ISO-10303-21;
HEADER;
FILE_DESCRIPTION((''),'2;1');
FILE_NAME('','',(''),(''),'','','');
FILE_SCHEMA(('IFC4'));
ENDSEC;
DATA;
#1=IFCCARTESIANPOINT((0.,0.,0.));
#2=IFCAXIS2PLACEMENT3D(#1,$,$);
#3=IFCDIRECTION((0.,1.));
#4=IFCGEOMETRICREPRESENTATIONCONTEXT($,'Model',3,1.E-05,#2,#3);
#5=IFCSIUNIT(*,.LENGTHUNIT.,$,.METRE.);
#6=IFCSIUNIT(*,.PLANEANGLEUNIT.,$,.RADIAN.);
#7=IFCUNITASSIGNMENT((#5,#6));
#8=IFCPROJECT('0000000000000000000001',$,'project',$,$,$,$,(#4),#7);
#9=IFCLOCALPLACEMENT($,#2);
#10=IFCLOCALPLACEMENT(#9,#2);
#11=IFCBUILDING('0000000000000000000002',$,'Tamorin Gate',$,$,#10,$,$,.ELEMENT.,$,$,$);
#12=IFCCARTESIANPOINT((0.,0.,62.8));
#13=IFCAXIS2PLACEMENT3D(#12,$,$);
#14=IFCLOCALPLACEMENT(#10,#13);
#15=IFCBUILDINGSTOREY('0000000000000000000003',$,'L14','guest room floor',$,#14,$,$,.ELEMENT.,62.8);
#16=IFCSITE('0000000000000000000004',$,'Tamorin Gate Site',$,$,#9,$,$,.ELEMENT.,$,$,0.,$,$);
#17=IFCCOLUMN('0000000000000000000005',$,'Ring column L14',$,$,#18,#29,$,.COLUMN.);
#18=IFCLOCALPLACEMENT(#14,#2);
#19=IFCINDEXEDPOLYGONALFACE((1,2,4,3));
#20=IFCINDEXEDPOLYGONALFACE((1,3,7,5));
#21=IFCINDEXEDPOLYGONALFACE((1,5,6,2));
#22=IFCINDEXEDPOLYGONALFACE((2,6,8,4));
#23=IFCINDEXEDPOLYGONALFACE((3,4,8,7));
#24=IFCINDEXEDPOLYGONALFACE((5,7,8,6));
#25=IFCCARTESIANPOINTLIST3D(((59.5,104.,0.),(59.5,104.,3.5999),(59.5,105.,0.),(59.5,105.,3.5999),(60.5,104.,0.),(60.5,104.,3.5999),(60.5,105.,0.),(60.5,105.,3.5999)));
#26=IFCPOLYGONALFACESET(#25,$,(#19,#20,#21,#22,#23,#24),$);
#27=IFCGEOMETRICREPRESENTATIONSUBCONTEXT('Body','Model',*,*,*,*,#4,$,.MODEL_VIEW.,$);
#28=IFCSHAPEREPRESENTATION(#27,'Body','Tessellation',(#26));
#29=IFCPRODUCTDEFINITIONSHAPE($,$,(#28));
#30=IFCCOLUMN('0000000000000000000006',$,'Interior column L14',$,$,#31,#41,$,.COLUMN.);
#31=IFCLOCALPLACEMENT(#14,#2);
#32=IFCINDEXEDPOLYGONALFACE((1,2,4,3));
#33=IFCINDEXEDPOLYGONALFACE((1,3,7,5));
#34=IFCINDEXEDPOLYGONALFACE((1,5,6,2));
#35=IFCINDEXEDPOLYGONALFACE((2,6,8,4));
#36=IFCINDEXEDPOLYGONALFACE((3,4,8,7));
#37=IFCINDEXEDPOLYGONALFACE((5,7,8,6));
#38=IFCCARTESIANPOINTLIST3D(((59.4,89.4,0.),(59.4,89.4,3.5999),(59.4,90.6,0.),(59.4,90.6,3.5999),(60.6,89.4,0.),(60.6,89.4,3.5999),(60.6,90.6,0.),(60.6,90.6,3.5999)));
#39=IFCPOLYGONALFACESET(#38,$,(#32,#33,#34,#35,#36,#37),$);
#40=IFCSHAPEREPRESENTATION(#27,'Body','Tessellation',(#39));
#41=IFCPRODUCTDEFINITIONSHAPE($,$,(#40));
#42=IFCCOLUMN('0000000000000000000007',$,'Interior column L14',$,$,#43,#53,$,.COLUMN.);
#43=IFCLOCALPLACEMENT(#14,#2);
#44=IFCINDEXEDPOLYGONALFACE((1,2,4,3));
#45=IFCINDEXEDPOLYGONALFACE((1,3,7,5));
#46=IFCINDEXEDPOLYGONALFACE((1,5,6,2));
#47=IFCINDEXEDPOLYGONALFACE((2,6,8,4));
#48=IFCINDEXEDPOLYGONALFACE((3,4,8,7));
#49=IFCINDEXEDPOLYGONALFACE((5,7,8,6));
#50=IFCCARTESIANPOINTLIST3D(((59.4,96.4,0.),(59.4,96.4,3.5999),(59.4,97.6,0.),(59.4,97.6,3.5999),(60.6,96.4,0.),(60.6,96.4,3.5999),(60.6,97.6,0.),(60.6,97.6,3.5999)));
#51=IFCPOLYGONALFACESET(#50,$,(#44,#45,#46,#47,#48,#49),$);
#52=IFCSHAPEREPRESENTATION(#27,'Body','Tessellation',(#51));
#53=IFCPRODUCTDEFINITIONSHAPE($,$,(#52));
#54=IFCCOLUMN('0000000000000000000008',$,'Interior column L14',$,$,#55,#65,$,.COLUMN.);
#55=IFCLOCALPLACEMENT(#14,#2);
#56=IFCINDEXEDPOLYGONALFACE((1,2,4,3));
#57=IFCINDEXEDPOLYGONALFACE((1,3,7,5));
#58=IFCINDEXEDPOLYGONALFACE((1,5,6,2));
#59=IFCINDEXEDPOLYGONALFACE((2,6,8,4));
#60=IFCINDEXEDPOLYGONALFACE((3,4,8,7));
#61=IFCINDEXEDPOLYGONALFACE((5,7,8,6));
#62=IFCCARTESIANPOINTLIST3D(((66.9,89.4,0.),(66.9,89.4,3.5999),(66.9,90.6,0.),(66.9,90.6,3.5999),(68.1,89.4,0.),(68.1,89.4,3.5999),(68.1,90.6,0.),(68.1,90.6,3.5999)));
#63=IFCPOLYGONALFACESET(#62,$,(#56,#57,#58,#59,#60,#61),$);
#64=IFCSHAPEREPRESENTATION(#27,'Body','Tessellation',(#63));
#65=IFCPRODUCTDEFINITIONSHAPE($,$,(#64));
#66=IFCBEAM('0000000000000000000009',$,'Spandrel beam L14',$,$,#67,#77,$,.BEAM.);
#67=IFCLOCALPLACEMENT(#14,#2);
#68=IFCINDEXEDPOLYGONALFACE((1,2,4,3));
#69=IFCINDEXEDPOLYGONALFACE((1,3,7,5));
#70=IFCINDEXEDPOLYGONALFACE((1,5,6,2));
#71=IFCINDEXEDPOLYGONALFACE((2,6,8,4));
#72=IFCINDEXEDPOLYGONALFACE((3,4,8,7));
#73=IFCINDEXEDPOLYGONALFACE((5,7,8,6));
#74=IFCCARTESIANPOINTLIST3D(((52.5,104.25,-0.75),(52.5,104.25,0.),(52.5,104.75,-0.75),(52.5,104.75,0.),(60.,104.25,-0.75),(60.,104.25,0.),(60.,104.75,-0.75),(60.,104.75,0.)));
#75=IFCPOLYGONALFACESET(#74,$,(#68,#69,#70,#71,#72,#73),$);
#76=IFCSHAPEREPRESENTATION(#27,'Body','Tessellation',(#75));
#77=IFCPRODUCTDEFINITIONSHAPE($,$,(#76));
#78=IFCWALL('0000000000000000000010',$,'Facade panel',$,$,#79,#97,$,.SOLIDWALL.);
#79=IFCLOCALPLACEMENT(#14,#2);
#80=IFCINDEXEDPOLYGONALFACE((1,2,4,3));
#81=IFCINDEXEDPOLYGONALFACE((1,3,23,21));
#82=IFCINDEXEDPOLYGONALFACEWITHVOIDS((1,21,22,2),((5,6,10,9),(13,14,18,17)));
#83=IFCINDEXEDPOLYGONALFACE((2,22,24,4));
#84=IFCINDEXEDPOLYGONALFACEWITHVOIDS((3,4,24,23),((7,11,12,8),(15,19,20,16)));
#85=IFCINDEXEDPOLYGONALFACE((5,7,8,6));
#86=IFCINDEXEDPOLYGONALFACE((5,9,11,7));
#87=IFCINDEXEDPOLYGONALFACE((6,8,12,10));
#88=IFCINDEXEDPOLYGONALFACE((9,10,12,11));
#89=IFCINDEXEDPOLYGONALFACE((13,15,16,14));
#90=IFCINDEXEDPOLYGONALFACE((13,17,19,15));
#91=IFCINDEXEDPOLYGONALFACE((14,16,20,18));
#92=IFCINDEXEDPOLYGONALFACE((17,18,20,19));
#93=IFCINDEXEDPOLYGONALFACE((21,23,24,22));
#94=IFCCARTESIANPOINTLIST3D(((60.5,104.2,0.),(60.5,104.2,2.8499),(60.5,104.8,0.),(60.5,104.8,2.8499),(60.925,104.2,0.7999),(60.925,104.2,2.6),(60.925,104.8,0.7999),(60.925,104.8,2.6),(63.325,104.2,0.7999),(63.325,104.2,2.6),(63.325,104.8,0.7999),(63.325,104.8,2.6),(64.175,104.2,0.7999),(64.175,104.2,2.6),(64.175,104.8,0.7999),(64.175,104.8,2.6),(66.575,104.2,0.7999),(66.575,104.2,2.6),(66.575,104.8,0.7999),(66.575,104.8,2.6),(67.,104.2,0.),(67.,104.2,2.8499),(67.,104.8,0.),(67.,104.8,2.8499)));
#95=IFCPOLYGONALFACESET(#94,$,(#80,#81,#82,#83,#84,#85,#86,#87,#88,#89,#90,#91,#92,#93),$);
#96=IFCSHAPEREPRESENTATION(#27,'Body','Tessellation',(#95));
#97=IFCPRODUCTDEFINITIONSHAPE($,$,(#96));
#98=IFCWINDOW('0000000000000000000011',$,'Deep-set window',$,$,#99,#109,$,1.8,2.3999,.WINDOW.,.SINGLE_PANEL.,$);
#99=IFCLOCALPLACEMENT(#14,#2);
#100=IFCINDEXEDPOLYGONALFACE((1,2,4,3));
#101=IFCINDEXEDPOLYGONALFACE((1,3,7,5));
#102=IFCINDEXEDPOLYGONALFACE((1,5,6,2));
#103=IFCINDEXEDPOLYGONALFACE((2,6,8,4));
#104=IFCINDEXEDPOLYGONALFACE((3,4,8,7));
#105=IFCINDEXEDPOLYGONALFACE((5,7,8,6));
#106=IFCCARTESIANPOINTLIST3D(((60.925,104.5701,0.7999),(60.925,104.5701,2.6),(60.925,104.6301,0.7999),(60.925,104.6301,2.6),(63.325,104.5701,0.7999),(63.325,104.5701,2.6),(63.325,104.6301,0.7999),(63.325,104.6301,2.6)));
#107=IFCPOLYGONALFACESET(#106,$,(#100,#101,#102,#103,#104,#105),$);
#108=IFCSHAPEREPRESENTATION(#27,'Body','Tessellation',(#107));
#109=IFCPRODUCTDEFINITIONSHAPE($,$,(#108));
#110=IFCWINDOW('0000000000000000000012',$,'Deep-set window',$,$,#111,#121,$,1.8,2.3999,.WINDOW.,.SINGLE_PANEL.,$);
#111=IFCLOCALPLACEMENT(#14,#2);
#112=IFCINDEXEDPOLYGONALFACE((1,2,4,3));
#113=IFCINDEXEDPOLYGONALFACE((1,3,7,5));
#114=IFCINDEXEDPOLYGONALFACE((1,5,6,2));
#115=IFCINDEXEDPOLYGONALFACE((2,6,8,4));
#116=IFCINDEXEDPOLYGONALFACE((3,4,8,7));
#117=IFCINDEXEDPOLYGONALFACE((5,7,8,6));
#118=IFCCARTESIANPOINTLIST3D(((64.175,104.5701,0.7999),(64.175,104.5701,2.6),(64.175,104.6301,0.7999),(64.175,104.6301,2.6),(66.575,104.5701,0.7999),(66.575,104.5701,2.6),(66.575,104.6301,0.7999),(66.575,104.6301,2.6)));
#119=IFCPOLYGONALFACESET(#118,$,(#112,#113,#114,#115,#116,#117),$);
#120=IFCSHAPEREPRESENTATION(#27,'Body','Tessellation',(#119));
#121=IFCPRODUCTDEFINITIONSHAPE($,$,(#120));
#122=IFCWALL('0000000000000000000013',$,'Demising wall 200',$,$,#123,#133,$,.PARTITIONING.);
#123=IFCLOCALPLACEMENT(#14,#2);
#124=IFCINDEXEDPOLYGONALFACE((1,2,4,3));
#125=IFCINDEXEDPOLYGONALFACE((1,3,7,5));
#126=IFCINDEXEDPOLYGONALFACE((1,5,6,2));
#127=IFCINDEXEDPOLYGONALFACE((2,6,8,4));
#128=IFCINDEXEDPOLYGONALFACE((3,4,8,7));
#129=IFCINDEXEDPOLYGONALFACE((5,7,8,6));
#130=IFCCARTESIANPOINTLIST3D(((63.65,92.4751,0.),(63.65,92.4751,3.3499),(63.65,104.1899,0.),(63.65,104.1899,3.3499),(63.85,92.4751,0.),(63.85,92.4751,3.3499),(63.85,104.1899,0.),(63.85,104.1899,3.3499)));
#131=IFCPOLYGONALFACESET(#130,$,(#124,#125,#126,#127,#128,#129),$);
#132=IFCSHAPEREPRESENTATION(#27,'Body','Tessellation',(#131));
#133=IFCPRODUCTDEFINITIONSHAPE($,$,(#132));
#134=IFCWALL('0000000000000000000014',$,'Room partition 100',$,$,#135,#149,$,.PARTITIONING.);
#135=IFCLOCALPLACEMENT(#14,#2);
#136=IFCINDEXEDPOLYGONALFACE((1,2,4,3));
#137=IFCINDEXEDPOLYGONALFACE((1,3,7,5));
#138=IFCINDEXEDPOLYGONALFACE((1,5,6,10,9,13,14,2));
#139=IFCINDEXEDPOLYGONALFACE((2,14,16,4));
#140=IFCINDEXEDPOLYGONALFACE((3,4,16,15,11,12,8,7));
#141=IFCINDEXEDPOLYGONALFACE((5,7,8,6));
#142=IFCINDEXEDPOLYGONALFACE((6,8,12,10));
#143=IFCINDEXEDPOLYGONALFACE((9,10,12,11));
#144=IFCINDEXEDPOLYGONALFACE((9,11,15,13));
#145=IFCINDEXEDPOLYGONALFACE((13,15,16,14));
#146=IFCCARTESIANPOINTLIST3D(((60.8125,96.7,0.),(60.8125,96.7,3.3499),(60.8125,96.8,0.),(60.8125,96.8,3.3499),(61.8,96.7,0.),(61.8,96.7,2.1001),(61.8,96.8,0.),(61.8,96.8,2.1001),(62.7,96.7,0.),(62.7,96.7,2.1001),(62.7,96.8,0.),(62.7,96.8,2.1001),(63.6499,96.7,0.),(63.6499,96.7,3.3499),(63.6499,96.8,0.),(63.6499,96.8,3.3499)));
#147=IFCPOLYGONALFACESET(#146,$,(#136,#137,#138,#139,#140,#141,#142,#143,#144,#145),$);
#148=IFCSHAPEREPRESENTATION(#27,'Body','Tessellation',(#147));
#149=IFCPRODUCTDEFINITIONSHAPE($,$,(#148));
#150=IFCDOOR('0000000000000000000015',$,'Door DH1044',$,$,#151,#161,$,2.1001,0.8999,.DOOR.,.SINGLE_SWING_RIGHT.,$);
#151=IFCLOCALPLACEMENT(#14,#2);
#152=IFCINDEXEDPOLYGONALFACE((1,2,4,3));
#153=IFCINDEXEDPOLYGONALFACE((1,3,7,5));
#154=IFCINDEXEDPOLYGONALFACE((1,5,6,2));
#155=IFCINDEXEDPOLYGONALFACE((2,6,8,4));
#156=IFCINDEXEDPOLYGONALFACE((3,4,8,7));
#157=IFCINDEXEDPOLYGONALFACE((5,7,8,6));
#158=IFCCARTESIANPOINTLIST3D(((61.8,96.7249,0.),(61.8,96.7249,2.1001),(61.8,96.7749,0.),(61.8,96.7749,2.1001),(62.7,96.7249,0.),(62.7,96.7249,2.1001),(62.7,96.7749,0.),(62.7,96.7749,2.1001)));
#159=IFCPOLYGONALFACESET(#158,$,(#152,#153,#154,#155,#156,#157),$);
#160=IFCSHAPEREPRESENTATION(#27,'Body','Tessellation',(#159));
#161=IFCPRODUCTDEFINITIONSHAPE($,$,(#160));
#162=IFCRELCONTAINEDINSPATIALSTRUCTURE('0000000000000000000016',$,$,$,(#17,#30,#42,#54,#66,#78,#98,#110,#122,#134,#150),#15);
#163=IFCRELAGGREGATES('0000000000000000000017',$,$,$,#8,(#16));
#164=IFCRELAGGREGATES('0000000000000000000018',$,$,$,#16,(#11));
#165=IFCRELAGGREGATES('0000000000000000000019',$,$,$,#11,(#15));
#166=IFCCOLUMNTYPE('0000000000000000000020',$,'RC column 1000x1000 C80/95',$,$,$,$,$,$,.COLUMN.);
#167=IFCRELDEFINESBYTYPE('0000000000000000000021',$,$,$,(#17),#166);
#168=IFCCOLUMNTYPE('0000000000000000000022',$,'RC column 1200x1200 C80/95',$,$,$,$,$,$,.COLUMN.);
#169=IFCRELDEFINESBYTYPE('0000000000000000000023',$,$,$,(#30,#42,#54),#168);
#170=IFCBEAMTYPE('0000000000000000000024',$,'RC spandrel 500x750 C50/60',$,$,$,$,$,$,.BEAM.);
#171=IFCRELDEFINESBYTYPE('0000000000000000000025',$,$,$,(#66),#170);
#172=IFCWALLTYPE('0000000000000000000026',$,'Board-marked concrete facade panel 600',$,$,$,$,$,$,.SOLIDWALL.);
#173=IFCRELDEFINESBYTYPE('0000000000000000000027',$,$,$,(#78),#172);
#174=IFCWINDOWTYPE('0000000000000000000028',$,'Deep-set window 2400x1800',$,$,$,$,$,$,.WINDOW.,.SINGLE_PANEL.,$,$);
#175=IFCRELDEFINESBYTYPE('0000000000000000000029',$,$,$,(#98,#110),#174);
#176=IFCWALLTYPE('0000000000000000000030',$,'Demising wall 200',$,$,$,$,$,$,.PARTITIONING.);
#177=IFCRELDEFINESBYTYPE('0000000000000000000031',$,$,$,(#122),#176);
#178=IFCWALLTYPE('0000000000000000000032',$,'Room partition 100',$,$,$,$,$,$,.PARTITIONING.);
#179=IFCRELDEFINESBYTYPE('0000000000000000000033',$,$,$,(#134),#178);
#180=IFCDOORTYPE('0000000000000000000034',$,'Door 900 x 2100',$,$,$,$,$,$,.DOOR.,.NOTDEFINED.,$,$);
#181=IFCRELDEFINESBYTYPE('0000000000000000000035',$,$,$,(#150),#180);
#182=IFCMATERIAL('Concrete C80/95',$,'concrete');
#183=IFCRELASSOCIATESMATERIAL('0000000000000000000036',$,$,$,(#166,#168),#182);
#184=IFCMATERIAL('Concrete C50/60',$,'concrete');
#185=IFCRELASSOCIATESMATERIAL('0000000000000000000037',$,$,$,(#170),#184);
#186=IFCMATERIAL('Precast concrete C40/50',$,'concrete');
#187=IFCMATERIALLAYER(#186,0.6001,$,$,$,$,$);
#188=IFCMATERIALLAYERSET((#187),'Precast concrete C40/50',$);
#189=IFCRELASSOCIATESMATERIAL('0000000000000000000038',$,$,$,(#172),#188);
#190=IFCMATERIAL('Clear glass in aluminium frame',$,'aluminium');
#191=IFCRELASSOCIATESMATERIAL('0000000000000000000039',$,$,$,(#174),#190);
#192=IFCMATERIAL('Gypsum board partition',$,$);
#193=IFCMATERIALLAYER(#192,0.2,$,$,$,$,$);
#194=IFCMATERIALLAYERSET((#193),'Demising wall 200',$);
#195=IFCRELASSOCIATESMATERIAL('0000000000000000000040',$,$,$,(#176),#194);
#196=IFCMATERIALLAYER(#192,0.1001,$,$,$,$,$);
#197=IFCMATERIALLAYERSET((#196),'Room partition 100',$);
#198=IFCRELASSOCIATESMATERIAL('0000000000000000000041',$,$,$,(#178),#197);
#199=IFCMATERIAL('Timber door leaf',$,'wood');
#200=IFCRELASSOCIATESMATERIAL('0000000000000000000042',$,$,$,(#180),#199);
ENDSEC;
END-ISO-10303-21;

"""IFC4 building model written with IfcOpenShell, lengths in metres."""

from ifc_helpers import new_model, si_unit, direction, frame, frame_2d, origin, origin_2d, place, context, subcontext, project, spatial, rectangle, extrude, material, layer, layer_set, material_profile, profile_set, type_object, element, fill, save


model = new_model("IFC4")

# Units and contexts
model_context = context("Model", 3, precision=1e-05, world=origin(), true_north=direction((0.0, 1.0)))
body_context = subcontext(model_context, "Body", "Model", "MODEL_VIEW")
ifc_project = project(units=[si_unit("LENGTHUNIT", "METRE"), si_unit("PLANEANGLEUNIT", "RADIAN")], contexts=[model_context])

# Site, building, storey
site_placement = place(None, origin())
site = spatial("IfcSite", under=ifc_project, at=site_placement, Name="Tamorin Gate Site", CompositionType="ELEMENT", RefElevation=0.0)
building_placement = place(site_placement, origin())
building = spatial("IfcBuilding", under=site, at=building_placement, Name="Tamorin Gate", CompositionType="ELEMENT")
storey_placement = place(building_placement, frame((0.0, 0.0, 62.8)))
storey = spatial("IfcBuildingStorey", under=building, at=storey_placement, Name="L14", Description="guest room floor", CompositionType="ELEMENT", Elevation=62.8)

# Columns
ifc_material_1 = material(Name="Concrete C80/95", Category="concrete")
ifc_material_profile_1 = material_profile(ifc_material_1, rectangle(XDim=1.0, YDim=1.0, at=origin_2d()), Name="RC 1000x1000")
ifc_profile_set_1 = profile_set([ifc_material_profile_1], Name="Concrete C80/95")
column_type_1 = type_object("IfcColumnType", Name="RC column 1000x1000 C80/95", PredefinedType="COLUMN", material=ifc_profile_set_1)
column_placement = place(storey_placement, frame((60.0, 104.5, 0.0), z_axis=(0.0, 0.0, 1.0), x_axis=(1.0, 0.0, 0.0)))
element("IfcColumn", 1, at=column_placement, inside=storey, type_object=column_type_1, Name="Ring column L14", PredefinedType="COLUMN", context=body_context, shape_type="SweptSolid", body=[
    extrude(rectangle(XDim=1.0, YDim=1.0, at=origin_2d()), origin(), (0.0, 0.0, 1.0), 3.5999),
])
ifc_material_profile_2 = material_profile(ifc_material_1, rectangle(XDim=1.2, YDim=1.2, at=origin_2d()), Name="RC 1200x1200")
ifc_profile_set_2 = profile_set([ifc_material_profile_2], Name="Concrete C80/95")
column_type_2 = type_object("IfcColumnType", Name="RC column 1200x1200 C80/95", PredefinedType="COLUMN", material=ifc_profile_set_2)
for number, where, z_axis, x_axis, name in (
    (2, (60.0, 90.0, 0.0), (0.0, 0.0, 1.0), (1.0, 0.0, 0.0), "Interior column L14"),
    (3, (60.0, 97.0, 0.0), (0.0, 0.0, 1.0), (1.0, 0.0, 0.0), "Interior column L14"),
    (4, (67.5, 90.0, 0.0), (0.0, 0.0, 1.0), (1.0, 0.0, 0.0), "Interior column L14"),
):
    element("IfcColumn", number, at=place(storey_placement, frame(where, z_axis=z_axis, x_axis=x_axis)), inside=storey, type_object=column_type_2, Name=name, PredefinedType="COLUMN", context=body_context, shape_type="SweptSolid", body=[
        extrude(rectangle(XDim=1.2, YDim=1.2, at=origin_2d()), origin(), (0.0, 0.0, 1.0), 3.5999),
    ])

# Beam
ifc_material_2 = material(Name="Concrete C50/60", Category="concrete")
ifc_material_profile_3 = material_profile(ifc_material_2, rectangle(XDim=0.5, YDim=0.75, at=origin_2d()), Name="RC 500x750")
ifc_profile_set_3 = profile_set([ifc_material_profile_3], Name="Concrete C50/60")
beam_type = type_object("IfcBeamType", Name="RC spandrel 500x750 C50/60", PredefinedType="BEAM", material=ifc_profile_set_3)
beam_placement = place(storey_placement, frame((60.0, 104.5, -0.375), z_axis=(-1.0, 0.0, 0.0), x_axis=(0.0, -1.0, 0.0)))
element("IfcBeam", 5, at=beam_placement, inside=storey, type_object=beam_type, Name="Spandrel beam L14", PredefinedType="BEAM", context=body_context, shape_type="SweptSolid", body=[
    extrude(rectangle(XDim=0.5, YDim=0.75, at=origin_2d()), origin(), (0.0, 0.0, 1.0), 7.5),
])

# Wall, openings, windows
ifc_material_3 = material(Name="Precast concrete C40/50", Category="concrete")
ifc_layer_1 = layer(ifc_material_3, 0.6001)
ifc_layer_set_1 = layer_set([ifc_layer_1], Name="Precast concrete C40/50")
wall_type_1 = type_object("IfcWallType", Name="Board-marked concrete facade panel 600", PredefinedType="SOLIDWALL", material=ifc_layer_set_1)
wall_1_placement = place(storey_placement, frame((67.0, 104.5, 0.0), z_axis=(0.0, 0.0, 1.0), x_axis=(-1.0, 0.0, 0.0)))
wall_1 = element("IfcWall", 6, at=wall_1_placement, inside=storey, type_object=wall_type_1, Name="Facade panel", PredefinedType="SOLIDWALL", context=body_context, shape_type="SweptSolid", body=[
    extrude(rectangle(XDim=6.5, YDim=0.6001, at=frame_2d((3.25, 0.0))), origin(), (0.0, 0.0, 1.0), 2.8499),
])
opening_1_placement = place(wall_1_placement, frame((3.675, 0.0, 0.8)))
opening_1 = element("IfcOpeningElement", 7, at=opening_1_placement, cuts=wall_1, PredefinedType="OPENING", context=body_context, shape_type="SweptSolid", body=[
    extrude(rectangle(XDim=2.3999, YDim=1.8, at=frame_2d((1.2, 0.8999))), frame((0.0, 0.3101, 0.0), z_axis=(0.0, -1.0, 0.0), x_axis=(1.0, 0.0, 0.0)), (0.0, 0.0, 1.0), 0.6201),
])
opening_2_placement = place(wall_1_placement, frame((0.425, 0.0, 0.8)))
opening_2 = element("IfcOpeningElement", 8, at=opening_2_placement, cuts=wall_1, PredefinedType="OPENING", context=body_context, shape_type="SweptSolid", body=[
    extrude(rectangle(XDim=2.3999, YDim=1.8, at=frame_2d((1.2, 0.8999))), frame((0.0, 0.3101, 0.0), z_axis=(0.0, -1.0, 0.0), x_axis=(1.0, 0.0, 0.0)), (0.0, 0.0, 1.0), 0.6201),
])
ifc_material_4 = material(Name="Clear glass in aluminium frame", Category="aluminium")
window_type = type_object("IfcWindowType", Name="Deep-set window 2400x1800", PartitioningType="SINGLE_PANEL", PredefinedType="WINDOW", material=ifc_material_4)
window_1_placement = place(opening_1_placement, origin())
window_1 = element("IfcWindow", 9, at=window_1_placement, inside=storey, type_object=window_type, Name="Deep-set window", OverallHeight=1.8, OverallWidth=2.3999, PartitioningType="SINGLE_PANEL", PredefinedType="WINDOW", context=body_context, shape_type="SweptSolid", body=[
    extrude(rectangle(XDim=2.3999, YDim=1.8, at=frame_2d((1.2, 0.8999))), frame((0.0, -0.0701, 0.0), z_axis=(0.0, -1.0, 0.0), x_axis=(1.0, 0.0, 0.0)), (0.0, 0.0, 1.0), 0.0601),
])
fill(opening_1, window_1)
window_2_placement = place(opening_2_placement, origin())
window_2 = element("IfcWindow", 10, at=window_2_placement, inside=storey, type_object=window_type, Name="Deep-set window", OverallHeight=1.8, OverallWidth=2.3999, PartitioningType="SINGLE_PANEL", PredefinedType="WINDOW", context=body_context, shape_type="SweptSolid", body=[
    extrude(rectangle(XDim=2.3999, YDim=1.8, at=frame_2d((1.2, 0.8999))), frame((0.0, -0.0701, 0.0), z_axis=(0.0, -1.0, 0.0), x_axis=(1.0, 0.0, 0.0)), (0.0, 0.0, 1.0), 0.0601),
])
fill(opening_2, window_2)

# Wall
ifc_material_5 = material(Name="Gypsum board partition")
ifc_layer_2 = layer(ifc_material_5, 0.2)
ifc_layer_set_2 = layer_set([ifc_layer_2], Name="Demising wall 200")
wall_type_2 = type_object("IfcWallType", Name="Demising wall 200", PredefinedType="PARTITIONING", material=ifc_layer_set_2)
wall_2_placement = place(storey_placement, frame((63.75, 92.4751, 0.0), z_axis=(0.0, 0.0, 1.0), x_axis=(0.0, 1.0, 0.0)))
element("IfcWall", 11, at=wall_2_placement, inside=storey, type_object=wall_type_2, Name="Demising wall 200", PredefinedType="PARTITIONING", context=body_context, shape_type="SweptSolid", body=[
    extrude(rectangle(XDim=11.7148, YDim=0.2, at=frame_2d((5.8574, 0.0))), origin(), (0.0, 0.0, 1.0), 3.3499),
])

# Wall, opening, door
ifc_layer_3 = layer(ifc_material_5, 0.1001)
ifc_layer_set_3 = layer_set([ifc_layer_3], Name="Room partition 100")
wall_type_3 = type_object("IfcWallType", Name="Room partition 100", PredefinedType="PARTITIONING", material=ifc_layer_set_3)
wall_3_placement = place(storey_placement, frame((60.8125, 96.75, 0.0), z_axis=(0.0, 0.0, 1.0), x_axis=(1.0, 0.0, 0.0)))
wall_3 = element("IfcWall", 12, at=wall_3_placement, inside=storey, type_object=wall_type_3, Name="Room partition 100", PredefinedType="PARTITIONING", context=body_context, shape_type="SweptSolid", body=[
    extrude(rectangle(XDim=2.8374, YDim=0.1001, at=frame_2d((1.4187, 0.0))), origin(), (0.0, 0.0, 1.0), 3.3499),
])
opening_3_placement = place(wall_3_placement, frame((0.9875, 0.0, 0.0)))
opening_3 = element("IfcOpeningElement", 13, at=opening_3_placement, cuts=wall_3, PredefinedType="OPENING", context=body_context, shape_type="SweptSolid", body=[
    extrude(rectangle(XDim=0.8999, YDim=2.1001, at=frame_2d((0.45, 1.05))), frame((0.0, 0.0601, 0.0), z_axis=(0.0, -1.0, 0.0), x_axis=(1.0, 0.0, 0.0)), (0.0, 0.0, 1.0), 0.1201),
])
ifc_material_6 = material(Name="Timber door leaf", Category="wood")
door_type = type_object("IfcDoorType", Name="Door 900 x 2100", OperationType="NOTDEFINED", PredefinedType="DOOR", material=ifc_material_6)
door_1_placement = place(opening_3_placement, origin())
door_1 = element("IfcDoor", 14, at=door_1_placement, inside=storey, type_object=door_type, Name="Door DH1044", OperationType="SINGLE_SWING_RIGHT", OverallHeight=2.1001, OverallWidth=0.8999, PredefinedType="DOOR", context=body_context, shape_type="SweptSolid", body=[
    extrude(rectangle(XDim=0.8999, YDim=2.1001, at=frame_2d((0.45, 1.05))), frame((0.0, 0.0249, 0.0), z_axis=(0.0, -1.0, 0.0), x_axis=(1.0, 0.0, 0.0)), (0.0, 0.0, 1.0), 0.05),
])
fill(opening_3, door_1)

save(model, "model.ifc")
